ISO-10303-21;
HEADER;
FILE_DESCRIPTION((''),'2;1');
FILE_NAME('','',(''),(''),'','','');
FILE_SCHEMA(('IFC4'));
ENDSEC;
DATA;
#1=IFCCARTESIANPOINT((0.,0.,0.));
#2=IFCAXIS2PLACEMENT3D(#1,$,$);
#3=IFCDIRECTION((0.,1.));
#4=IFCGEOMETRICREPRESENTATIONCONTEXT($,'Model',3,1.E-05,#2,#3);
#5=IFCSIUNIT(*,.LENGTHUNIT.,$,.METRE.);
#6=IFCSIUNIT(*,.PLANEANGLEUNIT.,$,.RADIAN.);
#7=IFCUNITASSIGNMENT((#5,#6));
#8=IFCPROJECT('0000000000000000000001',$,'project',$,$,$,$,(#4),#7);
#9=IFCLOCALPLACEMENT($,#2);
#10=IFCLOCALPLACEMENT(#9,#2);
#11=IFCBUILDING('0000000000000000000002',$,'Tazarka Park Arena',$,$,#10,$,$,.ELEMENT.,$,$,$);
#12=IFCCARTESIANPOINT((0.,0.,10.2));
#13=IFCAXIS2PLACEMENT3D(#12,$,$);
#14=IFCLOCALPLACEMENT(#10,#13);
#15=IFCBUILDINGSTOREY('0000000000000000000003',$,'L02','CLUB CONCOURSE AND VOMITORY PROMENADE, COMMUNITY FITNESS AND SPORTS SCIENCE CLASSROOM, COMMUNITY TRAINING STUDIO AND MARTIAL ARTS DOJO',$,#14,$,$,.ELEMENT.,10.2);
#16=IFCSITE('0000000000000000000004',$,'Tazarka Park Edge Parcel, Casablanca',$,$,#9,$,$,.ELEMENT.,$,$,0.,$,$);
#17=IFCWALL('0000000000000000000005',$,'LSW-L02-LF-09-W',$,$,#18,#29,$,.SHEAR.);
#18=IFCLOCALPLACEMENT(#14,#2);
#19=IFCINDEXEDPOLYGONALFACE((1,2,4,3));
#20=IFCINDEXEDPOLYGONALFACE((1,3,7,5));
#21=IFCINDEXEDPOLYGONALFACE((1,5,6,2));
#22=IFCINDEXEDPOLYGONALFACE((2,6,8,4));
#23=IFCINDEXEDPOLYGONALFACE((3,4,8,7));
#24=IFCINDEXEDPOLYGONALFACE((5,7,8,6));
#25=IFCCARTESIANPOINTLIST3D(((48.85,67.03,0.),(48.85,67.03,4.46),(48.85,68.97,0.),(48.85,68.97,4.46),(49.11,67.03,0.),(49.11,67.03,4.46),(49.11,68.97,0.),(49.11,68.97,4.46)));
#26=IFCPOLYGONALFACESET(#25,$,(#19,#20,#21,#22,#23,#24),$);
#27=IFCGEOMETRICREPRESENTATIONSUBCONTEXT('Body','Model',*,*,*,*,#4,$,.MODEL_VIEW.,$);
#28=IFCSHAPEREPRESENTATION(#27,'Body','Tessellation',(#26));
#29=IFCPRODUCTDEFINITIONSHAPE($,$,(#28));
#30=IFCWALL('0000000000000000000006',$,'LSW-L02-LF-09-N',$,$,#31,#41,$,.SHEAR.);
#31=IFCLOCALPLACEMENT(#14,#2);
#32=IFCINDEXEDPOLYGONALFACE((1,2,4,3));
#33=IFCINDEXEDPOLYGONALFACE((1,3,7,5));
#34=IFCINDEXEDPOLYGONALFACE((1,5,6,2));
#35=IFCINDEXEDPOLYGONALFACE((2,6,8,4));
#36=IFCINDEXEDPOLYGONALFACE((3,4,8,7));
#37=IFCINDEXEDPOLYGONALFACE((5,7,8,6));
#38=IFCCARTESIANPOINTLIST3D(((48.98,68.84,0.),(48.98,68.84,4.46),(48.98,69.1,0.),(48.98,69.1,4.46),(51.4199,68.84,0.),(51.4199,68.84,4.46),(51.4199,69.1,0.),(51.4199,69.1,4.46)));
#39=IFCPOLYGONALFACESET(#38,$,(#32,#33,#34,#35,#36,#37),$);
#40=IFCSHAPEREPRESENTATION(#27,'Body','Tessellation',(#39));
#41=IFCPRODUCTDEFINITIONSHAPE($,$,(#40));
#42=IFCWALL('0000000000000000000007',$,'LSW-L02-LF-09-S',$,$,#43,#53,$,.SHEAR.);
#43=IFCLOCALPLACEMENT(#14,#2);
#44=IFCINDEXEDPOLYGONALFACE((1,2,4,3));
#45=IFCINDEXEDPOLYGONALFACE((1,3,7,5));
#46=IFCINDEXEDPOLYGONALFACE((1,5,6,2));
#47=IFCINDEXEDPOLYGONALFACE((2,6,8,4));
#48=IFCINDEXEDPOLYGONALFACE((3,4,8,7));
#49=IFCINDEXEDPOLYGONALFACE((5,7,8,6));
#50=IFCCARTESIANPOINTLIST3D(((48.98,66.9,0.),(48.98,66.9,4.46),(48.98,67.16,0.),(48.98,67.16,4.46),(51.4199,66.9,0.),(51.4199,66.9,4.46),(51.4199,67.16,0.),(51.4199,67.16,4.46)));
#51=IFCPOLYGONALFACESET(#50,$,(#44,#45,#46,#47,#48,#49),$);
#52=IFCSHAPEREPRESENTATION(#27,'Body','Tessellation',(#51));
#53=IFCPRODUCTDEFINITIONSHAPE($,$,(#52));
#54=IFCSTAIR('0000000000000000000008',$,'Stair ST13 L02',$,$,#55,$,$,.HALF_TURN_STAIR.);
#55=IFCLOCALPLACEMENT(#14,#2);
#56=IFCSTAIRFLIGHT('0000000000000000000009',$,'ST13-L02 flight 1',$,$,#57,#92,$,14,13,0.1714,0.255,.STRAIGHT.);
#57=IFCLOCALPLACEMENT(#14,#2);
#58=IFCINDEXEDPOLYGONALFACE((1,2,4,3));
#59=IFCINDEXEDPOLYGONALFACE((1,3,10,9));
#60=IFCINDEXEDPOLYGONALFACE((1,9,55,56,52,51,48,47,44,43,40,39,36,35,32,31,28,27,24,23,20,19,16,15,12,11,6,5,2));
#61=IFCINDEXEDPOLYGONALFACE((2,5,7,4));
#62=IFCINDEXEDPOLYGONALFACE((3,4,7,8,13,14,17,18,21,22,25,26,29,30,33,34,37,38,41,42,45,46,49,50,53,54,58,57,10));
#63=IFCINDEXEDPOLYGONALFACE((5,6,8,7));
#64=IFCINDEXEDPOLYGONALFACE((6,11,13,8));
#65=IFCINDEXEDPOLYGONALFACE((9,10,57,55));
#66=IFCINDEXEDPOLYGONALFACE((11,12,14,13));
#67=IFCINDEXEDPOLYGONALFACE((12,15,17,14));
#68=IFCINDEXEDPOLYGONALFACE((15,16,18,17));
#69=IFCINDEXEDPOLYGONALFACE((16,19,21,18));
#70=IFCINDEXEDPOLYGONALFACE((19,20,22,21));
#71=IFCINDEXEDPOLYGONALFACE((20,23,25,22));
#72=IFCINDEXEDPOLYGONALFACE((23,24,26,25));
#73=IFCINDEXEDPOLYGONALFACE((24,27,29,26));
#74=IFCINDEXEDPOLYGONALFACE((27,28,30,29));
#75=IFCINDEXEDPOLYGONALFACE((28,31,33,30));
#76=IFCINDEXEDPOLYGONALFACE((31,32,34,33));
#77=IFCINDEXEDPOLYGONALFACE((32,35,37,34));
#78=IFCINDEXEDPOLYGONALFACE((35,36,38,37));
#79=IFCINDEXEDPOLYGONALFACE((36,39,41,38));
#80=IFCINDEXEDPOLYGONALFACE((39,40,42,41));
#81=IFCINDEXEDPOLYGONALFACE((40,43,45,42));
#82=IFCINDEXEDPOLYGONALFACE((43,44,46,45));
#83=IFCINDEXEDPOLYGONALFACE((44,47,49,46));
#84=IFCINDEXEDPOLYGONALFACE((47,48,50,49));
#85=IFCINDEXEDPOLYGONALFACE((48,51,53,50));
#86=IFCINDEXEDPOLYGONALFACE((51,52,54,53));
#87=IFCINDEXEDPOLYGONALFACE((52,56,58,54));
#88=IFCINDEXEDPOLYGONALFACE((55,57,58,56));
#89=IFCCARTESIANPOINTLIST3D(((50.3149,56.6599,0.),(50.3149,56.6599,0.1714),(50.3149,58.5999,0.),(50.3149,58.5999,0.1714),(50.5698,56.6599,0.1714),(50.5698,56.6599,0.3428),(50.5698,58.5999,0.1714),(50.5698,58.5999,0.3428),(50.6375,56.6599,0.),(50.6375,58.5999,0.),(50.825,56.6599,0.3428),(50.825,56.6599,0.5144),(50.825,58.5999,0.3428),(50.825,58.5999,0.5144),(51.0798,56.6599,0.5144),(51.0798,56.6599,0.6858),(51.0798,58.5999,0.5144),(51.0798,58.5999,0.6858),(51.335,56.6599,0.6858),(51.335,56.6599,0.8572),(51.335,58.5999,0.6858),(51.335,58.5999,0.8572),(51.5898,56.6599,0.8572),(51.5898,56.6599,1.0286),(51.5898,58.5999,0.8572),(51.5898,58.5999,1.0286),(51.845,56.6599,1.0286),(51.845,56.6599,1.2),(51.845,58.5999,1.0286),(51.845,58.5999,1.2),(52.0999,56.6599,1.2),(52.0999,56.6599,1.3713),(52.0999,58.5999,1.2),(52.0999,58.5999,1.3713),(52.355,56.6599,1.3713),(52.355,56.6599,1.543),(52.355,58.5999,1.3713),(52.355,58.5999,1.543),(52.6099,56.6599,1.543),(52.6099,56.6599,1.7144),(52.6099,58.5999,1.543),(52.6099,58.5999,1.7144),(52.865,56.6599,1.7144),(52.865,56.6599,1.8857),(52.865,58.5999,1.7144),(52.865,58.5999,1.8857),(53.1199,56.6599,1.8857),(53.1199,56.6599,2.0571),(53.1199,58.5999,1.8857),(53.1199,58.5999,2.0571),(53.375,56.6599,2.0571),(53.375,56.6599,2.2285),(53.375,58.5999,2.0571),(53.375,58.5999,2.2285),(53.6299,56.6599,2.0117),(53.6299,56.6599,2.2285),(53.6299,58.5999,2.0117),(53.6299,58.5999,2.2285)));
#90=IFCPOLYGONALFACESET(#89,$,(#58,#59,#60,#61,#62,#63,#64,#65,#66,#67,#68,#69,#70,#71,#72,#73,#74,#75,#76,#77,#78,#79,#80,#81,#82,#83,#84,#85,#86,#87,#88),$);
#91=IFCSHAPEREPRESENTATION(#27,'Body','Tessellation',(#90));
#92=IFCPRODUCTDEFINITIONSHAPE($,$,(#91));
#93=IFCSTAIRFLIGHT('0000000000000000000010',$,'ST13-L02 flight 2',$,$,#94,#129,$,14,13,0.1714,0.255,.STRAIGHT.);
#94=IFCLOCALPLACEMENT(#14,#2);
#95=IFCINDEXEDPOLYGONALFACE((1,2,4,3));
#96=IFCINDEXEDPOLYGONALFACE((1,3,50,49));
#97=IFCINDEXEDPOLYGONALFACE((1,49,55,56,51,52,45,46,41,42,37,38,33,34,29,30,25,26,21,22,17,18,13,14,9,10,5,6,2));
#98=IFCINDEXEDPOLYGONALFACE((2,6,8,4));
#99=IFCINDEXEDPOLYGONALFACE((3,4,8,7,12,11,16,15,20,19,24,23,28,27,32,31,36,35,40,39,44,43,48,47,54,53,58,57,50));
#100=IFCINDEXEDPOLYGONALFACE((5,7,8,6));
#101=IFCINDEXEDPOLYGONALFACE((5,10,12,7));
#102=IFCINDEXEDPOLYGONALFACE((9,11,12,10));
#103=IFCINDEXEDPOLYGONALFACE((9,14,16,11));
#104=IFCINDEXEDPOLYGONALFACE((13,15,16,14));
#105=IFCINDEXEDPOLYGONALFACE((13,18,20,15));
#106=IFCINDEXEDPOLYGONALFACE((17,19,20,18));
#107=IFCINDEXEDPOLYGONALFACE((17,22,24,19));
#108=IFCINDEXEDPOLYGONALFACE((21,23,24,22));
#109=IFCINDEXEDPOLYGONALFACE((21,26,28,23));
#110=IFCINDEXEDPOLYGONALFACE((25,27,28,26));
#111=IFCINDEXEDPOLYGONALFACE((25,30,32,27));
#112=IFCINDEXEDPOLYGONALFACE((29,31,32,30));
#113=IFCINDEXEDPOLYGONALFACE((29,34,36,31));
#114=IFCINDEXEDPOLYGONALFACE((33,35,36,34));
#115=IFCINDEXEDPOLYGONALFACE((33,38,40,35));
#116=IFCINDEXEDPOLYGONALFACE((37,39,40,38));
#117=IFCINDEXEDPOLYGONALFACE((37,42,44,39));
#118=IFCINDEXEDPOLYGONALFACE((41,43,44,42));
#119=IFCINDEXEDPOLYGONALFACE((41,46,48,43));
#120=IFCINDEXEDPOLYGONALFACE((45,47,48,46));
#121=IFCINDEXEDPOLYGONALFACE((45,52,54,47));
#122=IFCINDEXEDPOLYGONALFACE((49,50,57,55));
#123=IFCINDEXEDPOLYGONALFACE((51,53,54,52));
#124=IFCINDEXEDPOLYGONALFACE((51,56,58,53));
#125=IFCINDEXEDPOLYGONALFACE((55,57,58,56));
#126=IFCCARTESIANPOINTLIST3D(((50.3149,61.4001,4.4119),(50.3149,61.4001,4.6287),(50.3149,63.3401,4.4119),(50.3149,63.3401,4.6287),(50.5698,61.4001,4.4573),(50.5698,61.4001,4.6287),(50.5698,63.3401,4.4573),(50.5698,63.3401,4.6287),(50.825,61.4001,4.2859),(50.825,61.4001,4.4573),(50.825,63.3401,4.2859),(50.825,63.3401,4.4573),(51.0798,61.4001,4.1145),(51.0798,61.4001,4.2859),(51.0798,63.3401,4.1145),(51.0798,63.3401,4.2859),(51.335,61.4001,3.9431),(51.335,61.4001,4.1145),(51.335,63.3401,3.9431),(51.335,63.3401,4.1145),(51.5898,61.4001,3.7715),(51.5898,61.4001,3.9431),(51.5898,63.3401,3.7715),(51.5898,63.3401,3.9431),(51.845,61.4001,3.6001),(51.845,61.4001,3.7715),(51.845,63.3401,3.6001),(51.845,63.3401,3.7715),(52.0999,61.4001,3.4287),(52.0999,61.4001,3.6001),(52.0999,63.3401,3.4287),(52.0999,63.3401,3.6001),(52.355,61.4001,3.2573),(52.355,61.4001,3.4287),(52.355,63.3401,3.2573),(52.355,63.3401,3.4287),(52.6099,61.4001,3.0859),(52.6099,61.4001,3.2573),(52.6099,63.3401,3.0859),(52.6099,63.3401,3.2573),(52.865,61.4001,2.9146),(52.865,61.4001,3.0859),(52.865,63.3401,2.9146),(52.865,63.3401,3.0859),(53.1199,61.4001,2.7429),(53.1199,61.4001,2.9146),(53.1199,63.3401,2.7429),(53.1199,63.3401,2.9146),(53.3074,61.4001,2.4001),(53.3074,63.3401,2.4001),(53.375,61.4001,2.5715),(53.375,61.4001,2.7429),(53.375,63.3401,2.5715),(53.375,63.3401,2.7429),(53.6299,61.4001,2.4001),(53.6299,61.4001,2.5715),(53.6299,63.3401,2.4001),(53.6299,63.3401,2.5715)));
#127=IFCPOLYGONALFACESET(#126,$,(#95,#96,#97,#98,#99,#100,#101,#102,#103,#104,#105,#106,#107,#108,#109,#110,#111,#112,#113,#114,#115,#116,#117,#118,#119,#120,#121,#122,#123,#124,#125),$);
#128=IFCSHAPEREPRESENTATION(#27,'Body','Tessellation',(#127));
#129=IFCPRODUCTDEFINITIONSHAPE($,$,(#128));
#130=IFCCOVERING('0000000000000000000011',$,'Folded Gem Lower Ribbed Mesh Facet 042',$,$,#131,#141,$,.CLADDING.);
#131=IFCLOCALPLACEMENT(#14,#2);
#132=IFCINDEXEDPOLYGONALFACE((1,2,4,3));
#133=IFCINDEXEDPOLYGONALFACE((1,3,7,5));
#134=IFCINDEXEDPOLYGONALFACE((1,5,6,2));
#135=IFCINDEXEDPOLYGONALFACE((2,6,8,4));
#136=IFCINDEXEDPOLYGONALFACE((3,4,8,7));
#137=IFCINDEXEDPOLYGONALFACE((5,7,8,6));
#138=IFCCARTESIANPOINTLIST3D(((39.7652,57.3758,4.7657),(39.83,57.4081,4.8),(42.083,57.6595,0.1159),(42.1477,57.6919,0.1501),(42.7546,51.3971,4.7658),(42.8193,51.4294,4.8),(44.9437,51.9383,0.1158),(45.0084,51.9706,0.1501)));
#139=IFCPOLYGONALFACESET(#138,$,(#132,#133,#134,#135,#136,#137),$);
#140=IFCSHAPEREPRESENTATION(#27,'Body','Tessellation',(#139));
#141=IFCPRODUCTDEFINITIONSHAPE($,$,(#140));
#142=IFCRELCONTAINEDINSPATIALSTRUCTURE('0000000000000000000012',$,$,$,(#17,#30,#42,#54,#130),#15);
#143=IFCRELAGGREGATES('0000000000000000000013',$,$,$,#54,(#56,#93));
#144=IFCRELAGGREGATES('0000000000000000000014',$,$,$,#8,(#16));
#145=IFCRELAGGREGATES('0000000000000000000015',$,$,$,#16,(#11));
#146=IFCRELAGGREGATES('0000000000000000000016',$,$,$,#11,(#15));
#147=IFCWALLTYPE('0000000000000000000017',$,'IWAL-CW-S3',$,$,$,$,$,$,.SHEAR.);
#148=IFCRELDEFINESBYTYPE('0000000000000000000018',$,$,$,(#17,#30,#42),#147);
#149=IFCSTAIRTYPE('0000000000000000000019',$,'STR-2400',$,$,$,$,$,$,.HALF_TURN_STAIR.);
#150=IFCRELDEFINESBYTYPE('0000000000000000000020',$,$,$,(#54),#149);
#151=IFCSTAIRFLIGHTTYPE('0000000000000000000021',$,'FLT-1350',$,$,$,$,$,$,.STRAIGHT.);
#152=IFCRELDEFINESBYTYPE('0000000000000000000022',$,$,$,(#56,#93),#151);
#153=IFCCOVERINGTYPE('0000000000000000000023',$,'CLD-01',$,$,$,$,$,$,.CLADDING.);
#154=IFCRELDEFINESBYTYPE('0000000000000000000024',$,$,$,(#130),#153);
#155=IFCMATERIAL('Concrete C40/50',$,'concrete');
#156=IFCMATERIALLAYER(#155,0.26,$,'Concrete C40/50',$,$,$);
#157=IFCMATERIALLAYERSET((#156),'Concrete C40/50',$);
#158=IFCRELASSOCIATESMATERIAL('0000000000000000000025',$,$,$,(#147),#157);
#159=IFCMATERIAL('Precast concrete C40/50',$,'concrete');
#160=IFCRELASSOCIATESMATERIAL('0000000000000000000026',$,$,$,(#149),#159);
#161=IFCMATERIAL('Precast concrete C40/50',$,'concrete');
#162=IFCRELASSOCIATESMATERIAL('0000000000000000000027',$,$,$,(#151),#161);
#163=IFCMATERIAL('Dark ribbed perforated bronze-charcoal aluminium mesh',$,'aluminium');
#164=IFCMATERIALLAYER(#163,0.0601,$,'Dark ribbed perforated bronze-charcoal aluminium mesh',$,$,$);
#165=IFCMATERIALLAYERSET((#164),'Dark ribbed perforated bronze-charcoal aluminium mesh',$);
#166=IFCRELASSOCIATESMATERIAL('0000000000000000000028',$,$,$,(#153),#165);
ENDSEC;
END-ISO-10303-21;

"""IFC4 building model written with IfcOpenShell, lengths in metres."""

from ifc_helpers import new_model, si_unit, direction, frame, frame_2d, origin, place, context, subcontext, project, spatial, polyline, rectangle, outline, extrude, material, layer, layer_set, type_object, element, aggregate, save


model = new_model("IFC4")

# Units and contexts
model_context = context("Model", 3, precision=1e-05, world=origin(), true_north=direction((0.0, 1.0)))
body_context = subcontext(model_context, "Body", "Model", "MODEL_VIEW")
ifc_project = project(units=[si_unit("LENGTHUNIT", "METRE"), si_unit("PLANEANGLEUNIT", "RADIAN")], contexts=[model_context])

# Site, building, storey
site_placement = place(None, origin())
site = spatial("IfcSite", under=ifc_project, at=site_placement, Name="Tazarka Park Edge Parcel, Casablanca", CompositionType="ELEMENT", RefElevation=0.0)
building_placement = place(site_placement, origin())
building = spatial("IfcBuilding", under=site, at=building_placement, Name="Tazarka Park Arena", CompositionType="ELEMENT")
storey_placement = place(building_placement, frame((0.0, 0.0, 10.2)))
storey = spatial("IfcBuildingStorey", under=building, at=storey_placement, Name="L02", Description="CLUB CONCOURSE AND VOMITORY PROMENADE, COMMUNITY FITNESS AND SPORTS SCIENCE CLASSROOM, COMMUNITY TRAINING STUDIO AND MARTIAL ARTS DOJO", CompositionType="ELEMENT", Elevation=10.2)

# Walls
ifc_material_1 = material(Name="Concrete C40/50", Category="concrete")
ifc_layer_1 = layer(ifc_material_1, 0.26, Name="Concrete C40/50")
ifc_layer_set_1 = layer_set([ifc_layer_1], Name="Concrete C40/50")
wall_type_1 = type_object("IfcWallType", Name="IWAL-CW-S3", PredefinedType="SHEAR", material=ifc_layer_set_1)
wall_1_placement = place(storey_placement, frame((48.98, 67.03, 0.0), z_axis=(0.0, 0.0, 1.0), x_axis=(0.0, 1.0, 0.0)))
element("IfcWall", 1, at=wall_1_placement, inside=storey, type_object=wall_type_1, Name="LSW-L02-LF-09-W", PredefinedType="SHEAR", context=body_context, shape_type="SweptSolid", body=[
    extrude(rectangle(XDim=1.9399, YDim=0.26, at=frame_2d((0.97, 0.0))), origin(), (0.0, 0.0, 1.0), 4.46),
])
for number, where, z_axis, x_axis, name in (
    (2, (48.98, 68.97, 0.0), (0.0, 0.0, 1.0), (1.0, 0.0, 0.0), "LSW-L02-LF-09-N"),
    (3, (51.4199, 67.03, 0.0), (0.0, 0.0, 1.0), (-1.0, 0.0, 0.0), "LSW-L02-LF-09-S"),
):
    element("IfcWall", number, at=place(storey_placement, frame(where, z_axis=z_axis, x_axis=x_axis)), inside=storey, type_object=wall_type_1, Name=name, PredefinedType="SHEAR", context=body_context, shape_type="SweptSolid", body=[
        extrude(rectangle(XDim=2.4399, YDim=0.26, at=frame_2d((1.22, 0.0))), origin(), (0.0, 0.0, 1.0), 4.46),
    ])

# Stair, stair flights
ifc_material_2 = material(Name="Precast concrete C40/50", Category="concrete")
stair_type = type_object("IfcStairType", Name="STR-2400", PredefinedType="HALF_TURN_STAIR", material=ifc_material_2)
stair_placement = place(storey_placement, origin())
stair = element("IfcStair", 4, at=stair_placement, inside=storey, type_object=stair_type, Name="Stair ST13 L02", PredefinedType="HALF_TURN_STAIR")
ifc_material_3 = material(Name="Precast concrete C40/50", Category="concrete")
stair_flight_type = type_object("IfcStairFlightType", Name="FLT-1350", PredefinedType="STRAIGHT", material=ifc_material_3)
stair_flight_1_placement = place(storey_placement, frame((50.3149, 57.6299, 0.0), z_axis=(0.0, 0.0, 1.0), x_axis=(1.0, 0.0, 0.0)))
stair_flight_1 = element("IfcStairFlight", 5, at=stair_flight_1_placement, type_object=stair_flight_type, Name="ST13-L02 flight 1", NumberOfRisers=14, NumberOfTreads=13, PredefinedType="STRAIGHT", RiserHeight=0.1714, TreadLength=0.255, context=body_context, shape_type="SweptSolid", body=[
    extrude(outline(polyline([(0.0, 0.0), (0.0, 0.1714), (0.2549, 0.1714), (0.2549, 0.3428), (0.51, 0.3428), (0.51, 0.5144), (0.7649, 0.5144), (0.7649, 0.6858), (1.02, 0.6858), (1.02, 0.8572), (1.2749, 0.8572), (1.2749, 1.0286), (1.53, 1.0286), (1.53, 1.2), (1.7849, 1.2), (1.7849, 1.3713), (2.04, 1.3713), (2.04, 1.543), (2.2949, 1.543), (2.2949, 1.7144), (2.55, 1.7144), (2.55, 1.8857), (2.8049, 1.8857), (2.8049, 2.0571), (3.0601, 2.0571), (3.0601, 2.2285), (3.3149, 2.2285), (3.3149, 2.3999), (3.3149, 2.0117), (0.3225, 0.0), (0.0, 0.0)])), frame((0.0, 0.97, 0.0), z_axis=(0.0, -1.0, 0.0), x_axis=(1.0, 0.0, 0.0)), (0.0, 0.0, 1.0), 1.9399),
])
stair_flight_2_placement = place(storey_placement, frame((53.6299, 62.3701, 2.4001), z_axis=(0.0, 0.0, 1.0), x_axis=(-1.0, 0.0, 0.0)))
stair_flight_2 = element("IfcStairFlight", 6, at=stair_flight_2_placement, type_object=stair_flight_type, Name="ST13-L02 flight 2", NumberOfRisers=14, NumberOfTreads=13, PredefinedType="STRAIGHT", RiserHeight=0.1714, TreadLength=0.255, context=body_context, shape_type="SweptSolid", body=[
    extrude(outline(polyline([(0.0, 0.0), (0.0, 0.1714), (0.2549, 0.1714), (0.2549, 0.3428), (0.51, 0.3428), (0.51, 0.5144), (0.7649, 0.5144), (0.7649, 0.6858), (1.02, 0.6858), (1.02, 0.8572), (1.2749, 0.8572), (1.2749, 1.0286), (1.53, 1.0286), (1.53, 1.2), (1.7849, 1.2), (1.7849, 1.3713), (2.04, 1.3713), (2.04, 1.543), (2.2949, 1.543), (2.2949, 1.7144), (2.55, 1.7144), (2.55, 1.8857), (2.8049, 1.8857), (2.8049, 2.0571), (3.0601, 2.0571), (3.0601, 2.2285), (3.3149, 2.2285), (3.3149, 2.3999), (3.3149, 2.0117), (0.3225, 0.0), (0.0, 0.0)])), frame((0.0, 0.97, 0.0), z_axis=(0.0, -1.0, 0.0), x_axis=(1.0, 0.0, 0.0)), (0.0, 0.0, 1.0), 1.9399),
])
aggregate(stair, [stair_flight_1, stair_flight_2])

# Covering
ifc_material_4 = material(Name="Dark ribbed perforated bronze-charcoal aluminium mesh", Category="aluminium")
ifc_layer_2 = layer(ifc_material_4, 0.0601, Name="Dark ribbed perforated bronze-charcoal aluminium mesh")
ifc_layer_set_2 = layer_set([ifc_layer_2], Name="Dark ribbed perforated bronze-charcoal aluminium mesh")
covering_type = type_object("IfcCoveringType", Name="CLD-01", PredefinedType="CLADDING", material=ifc_layer_set_2)
covering_placement = place(storey_placement, frame((42.1477, 57.6919, 0.1501), z_axis=(0.8085, 0.404258, 0.427672), x_axis=(0.447225, -0.894421, -0.00001)))
element("IfcCovering", 7, at=covering_placement, inside=storey, type_object=covering_type, Name="Folded Gem Lower Ribbed Mesh Facet 042", PredefinedType="CLADDING", context=body_context, shape_type="SweptSolid", body=[
    extrude(outline(polyline([(0.0, 0.0), (6.3966, 0.0), (5.9016, -5.1441), (-0.7828, -5.144), (0.0, 0.0)])), origin(), (0.0, 0.0, -1.0), 0.0801),
])

save(model, "model.ifc")
